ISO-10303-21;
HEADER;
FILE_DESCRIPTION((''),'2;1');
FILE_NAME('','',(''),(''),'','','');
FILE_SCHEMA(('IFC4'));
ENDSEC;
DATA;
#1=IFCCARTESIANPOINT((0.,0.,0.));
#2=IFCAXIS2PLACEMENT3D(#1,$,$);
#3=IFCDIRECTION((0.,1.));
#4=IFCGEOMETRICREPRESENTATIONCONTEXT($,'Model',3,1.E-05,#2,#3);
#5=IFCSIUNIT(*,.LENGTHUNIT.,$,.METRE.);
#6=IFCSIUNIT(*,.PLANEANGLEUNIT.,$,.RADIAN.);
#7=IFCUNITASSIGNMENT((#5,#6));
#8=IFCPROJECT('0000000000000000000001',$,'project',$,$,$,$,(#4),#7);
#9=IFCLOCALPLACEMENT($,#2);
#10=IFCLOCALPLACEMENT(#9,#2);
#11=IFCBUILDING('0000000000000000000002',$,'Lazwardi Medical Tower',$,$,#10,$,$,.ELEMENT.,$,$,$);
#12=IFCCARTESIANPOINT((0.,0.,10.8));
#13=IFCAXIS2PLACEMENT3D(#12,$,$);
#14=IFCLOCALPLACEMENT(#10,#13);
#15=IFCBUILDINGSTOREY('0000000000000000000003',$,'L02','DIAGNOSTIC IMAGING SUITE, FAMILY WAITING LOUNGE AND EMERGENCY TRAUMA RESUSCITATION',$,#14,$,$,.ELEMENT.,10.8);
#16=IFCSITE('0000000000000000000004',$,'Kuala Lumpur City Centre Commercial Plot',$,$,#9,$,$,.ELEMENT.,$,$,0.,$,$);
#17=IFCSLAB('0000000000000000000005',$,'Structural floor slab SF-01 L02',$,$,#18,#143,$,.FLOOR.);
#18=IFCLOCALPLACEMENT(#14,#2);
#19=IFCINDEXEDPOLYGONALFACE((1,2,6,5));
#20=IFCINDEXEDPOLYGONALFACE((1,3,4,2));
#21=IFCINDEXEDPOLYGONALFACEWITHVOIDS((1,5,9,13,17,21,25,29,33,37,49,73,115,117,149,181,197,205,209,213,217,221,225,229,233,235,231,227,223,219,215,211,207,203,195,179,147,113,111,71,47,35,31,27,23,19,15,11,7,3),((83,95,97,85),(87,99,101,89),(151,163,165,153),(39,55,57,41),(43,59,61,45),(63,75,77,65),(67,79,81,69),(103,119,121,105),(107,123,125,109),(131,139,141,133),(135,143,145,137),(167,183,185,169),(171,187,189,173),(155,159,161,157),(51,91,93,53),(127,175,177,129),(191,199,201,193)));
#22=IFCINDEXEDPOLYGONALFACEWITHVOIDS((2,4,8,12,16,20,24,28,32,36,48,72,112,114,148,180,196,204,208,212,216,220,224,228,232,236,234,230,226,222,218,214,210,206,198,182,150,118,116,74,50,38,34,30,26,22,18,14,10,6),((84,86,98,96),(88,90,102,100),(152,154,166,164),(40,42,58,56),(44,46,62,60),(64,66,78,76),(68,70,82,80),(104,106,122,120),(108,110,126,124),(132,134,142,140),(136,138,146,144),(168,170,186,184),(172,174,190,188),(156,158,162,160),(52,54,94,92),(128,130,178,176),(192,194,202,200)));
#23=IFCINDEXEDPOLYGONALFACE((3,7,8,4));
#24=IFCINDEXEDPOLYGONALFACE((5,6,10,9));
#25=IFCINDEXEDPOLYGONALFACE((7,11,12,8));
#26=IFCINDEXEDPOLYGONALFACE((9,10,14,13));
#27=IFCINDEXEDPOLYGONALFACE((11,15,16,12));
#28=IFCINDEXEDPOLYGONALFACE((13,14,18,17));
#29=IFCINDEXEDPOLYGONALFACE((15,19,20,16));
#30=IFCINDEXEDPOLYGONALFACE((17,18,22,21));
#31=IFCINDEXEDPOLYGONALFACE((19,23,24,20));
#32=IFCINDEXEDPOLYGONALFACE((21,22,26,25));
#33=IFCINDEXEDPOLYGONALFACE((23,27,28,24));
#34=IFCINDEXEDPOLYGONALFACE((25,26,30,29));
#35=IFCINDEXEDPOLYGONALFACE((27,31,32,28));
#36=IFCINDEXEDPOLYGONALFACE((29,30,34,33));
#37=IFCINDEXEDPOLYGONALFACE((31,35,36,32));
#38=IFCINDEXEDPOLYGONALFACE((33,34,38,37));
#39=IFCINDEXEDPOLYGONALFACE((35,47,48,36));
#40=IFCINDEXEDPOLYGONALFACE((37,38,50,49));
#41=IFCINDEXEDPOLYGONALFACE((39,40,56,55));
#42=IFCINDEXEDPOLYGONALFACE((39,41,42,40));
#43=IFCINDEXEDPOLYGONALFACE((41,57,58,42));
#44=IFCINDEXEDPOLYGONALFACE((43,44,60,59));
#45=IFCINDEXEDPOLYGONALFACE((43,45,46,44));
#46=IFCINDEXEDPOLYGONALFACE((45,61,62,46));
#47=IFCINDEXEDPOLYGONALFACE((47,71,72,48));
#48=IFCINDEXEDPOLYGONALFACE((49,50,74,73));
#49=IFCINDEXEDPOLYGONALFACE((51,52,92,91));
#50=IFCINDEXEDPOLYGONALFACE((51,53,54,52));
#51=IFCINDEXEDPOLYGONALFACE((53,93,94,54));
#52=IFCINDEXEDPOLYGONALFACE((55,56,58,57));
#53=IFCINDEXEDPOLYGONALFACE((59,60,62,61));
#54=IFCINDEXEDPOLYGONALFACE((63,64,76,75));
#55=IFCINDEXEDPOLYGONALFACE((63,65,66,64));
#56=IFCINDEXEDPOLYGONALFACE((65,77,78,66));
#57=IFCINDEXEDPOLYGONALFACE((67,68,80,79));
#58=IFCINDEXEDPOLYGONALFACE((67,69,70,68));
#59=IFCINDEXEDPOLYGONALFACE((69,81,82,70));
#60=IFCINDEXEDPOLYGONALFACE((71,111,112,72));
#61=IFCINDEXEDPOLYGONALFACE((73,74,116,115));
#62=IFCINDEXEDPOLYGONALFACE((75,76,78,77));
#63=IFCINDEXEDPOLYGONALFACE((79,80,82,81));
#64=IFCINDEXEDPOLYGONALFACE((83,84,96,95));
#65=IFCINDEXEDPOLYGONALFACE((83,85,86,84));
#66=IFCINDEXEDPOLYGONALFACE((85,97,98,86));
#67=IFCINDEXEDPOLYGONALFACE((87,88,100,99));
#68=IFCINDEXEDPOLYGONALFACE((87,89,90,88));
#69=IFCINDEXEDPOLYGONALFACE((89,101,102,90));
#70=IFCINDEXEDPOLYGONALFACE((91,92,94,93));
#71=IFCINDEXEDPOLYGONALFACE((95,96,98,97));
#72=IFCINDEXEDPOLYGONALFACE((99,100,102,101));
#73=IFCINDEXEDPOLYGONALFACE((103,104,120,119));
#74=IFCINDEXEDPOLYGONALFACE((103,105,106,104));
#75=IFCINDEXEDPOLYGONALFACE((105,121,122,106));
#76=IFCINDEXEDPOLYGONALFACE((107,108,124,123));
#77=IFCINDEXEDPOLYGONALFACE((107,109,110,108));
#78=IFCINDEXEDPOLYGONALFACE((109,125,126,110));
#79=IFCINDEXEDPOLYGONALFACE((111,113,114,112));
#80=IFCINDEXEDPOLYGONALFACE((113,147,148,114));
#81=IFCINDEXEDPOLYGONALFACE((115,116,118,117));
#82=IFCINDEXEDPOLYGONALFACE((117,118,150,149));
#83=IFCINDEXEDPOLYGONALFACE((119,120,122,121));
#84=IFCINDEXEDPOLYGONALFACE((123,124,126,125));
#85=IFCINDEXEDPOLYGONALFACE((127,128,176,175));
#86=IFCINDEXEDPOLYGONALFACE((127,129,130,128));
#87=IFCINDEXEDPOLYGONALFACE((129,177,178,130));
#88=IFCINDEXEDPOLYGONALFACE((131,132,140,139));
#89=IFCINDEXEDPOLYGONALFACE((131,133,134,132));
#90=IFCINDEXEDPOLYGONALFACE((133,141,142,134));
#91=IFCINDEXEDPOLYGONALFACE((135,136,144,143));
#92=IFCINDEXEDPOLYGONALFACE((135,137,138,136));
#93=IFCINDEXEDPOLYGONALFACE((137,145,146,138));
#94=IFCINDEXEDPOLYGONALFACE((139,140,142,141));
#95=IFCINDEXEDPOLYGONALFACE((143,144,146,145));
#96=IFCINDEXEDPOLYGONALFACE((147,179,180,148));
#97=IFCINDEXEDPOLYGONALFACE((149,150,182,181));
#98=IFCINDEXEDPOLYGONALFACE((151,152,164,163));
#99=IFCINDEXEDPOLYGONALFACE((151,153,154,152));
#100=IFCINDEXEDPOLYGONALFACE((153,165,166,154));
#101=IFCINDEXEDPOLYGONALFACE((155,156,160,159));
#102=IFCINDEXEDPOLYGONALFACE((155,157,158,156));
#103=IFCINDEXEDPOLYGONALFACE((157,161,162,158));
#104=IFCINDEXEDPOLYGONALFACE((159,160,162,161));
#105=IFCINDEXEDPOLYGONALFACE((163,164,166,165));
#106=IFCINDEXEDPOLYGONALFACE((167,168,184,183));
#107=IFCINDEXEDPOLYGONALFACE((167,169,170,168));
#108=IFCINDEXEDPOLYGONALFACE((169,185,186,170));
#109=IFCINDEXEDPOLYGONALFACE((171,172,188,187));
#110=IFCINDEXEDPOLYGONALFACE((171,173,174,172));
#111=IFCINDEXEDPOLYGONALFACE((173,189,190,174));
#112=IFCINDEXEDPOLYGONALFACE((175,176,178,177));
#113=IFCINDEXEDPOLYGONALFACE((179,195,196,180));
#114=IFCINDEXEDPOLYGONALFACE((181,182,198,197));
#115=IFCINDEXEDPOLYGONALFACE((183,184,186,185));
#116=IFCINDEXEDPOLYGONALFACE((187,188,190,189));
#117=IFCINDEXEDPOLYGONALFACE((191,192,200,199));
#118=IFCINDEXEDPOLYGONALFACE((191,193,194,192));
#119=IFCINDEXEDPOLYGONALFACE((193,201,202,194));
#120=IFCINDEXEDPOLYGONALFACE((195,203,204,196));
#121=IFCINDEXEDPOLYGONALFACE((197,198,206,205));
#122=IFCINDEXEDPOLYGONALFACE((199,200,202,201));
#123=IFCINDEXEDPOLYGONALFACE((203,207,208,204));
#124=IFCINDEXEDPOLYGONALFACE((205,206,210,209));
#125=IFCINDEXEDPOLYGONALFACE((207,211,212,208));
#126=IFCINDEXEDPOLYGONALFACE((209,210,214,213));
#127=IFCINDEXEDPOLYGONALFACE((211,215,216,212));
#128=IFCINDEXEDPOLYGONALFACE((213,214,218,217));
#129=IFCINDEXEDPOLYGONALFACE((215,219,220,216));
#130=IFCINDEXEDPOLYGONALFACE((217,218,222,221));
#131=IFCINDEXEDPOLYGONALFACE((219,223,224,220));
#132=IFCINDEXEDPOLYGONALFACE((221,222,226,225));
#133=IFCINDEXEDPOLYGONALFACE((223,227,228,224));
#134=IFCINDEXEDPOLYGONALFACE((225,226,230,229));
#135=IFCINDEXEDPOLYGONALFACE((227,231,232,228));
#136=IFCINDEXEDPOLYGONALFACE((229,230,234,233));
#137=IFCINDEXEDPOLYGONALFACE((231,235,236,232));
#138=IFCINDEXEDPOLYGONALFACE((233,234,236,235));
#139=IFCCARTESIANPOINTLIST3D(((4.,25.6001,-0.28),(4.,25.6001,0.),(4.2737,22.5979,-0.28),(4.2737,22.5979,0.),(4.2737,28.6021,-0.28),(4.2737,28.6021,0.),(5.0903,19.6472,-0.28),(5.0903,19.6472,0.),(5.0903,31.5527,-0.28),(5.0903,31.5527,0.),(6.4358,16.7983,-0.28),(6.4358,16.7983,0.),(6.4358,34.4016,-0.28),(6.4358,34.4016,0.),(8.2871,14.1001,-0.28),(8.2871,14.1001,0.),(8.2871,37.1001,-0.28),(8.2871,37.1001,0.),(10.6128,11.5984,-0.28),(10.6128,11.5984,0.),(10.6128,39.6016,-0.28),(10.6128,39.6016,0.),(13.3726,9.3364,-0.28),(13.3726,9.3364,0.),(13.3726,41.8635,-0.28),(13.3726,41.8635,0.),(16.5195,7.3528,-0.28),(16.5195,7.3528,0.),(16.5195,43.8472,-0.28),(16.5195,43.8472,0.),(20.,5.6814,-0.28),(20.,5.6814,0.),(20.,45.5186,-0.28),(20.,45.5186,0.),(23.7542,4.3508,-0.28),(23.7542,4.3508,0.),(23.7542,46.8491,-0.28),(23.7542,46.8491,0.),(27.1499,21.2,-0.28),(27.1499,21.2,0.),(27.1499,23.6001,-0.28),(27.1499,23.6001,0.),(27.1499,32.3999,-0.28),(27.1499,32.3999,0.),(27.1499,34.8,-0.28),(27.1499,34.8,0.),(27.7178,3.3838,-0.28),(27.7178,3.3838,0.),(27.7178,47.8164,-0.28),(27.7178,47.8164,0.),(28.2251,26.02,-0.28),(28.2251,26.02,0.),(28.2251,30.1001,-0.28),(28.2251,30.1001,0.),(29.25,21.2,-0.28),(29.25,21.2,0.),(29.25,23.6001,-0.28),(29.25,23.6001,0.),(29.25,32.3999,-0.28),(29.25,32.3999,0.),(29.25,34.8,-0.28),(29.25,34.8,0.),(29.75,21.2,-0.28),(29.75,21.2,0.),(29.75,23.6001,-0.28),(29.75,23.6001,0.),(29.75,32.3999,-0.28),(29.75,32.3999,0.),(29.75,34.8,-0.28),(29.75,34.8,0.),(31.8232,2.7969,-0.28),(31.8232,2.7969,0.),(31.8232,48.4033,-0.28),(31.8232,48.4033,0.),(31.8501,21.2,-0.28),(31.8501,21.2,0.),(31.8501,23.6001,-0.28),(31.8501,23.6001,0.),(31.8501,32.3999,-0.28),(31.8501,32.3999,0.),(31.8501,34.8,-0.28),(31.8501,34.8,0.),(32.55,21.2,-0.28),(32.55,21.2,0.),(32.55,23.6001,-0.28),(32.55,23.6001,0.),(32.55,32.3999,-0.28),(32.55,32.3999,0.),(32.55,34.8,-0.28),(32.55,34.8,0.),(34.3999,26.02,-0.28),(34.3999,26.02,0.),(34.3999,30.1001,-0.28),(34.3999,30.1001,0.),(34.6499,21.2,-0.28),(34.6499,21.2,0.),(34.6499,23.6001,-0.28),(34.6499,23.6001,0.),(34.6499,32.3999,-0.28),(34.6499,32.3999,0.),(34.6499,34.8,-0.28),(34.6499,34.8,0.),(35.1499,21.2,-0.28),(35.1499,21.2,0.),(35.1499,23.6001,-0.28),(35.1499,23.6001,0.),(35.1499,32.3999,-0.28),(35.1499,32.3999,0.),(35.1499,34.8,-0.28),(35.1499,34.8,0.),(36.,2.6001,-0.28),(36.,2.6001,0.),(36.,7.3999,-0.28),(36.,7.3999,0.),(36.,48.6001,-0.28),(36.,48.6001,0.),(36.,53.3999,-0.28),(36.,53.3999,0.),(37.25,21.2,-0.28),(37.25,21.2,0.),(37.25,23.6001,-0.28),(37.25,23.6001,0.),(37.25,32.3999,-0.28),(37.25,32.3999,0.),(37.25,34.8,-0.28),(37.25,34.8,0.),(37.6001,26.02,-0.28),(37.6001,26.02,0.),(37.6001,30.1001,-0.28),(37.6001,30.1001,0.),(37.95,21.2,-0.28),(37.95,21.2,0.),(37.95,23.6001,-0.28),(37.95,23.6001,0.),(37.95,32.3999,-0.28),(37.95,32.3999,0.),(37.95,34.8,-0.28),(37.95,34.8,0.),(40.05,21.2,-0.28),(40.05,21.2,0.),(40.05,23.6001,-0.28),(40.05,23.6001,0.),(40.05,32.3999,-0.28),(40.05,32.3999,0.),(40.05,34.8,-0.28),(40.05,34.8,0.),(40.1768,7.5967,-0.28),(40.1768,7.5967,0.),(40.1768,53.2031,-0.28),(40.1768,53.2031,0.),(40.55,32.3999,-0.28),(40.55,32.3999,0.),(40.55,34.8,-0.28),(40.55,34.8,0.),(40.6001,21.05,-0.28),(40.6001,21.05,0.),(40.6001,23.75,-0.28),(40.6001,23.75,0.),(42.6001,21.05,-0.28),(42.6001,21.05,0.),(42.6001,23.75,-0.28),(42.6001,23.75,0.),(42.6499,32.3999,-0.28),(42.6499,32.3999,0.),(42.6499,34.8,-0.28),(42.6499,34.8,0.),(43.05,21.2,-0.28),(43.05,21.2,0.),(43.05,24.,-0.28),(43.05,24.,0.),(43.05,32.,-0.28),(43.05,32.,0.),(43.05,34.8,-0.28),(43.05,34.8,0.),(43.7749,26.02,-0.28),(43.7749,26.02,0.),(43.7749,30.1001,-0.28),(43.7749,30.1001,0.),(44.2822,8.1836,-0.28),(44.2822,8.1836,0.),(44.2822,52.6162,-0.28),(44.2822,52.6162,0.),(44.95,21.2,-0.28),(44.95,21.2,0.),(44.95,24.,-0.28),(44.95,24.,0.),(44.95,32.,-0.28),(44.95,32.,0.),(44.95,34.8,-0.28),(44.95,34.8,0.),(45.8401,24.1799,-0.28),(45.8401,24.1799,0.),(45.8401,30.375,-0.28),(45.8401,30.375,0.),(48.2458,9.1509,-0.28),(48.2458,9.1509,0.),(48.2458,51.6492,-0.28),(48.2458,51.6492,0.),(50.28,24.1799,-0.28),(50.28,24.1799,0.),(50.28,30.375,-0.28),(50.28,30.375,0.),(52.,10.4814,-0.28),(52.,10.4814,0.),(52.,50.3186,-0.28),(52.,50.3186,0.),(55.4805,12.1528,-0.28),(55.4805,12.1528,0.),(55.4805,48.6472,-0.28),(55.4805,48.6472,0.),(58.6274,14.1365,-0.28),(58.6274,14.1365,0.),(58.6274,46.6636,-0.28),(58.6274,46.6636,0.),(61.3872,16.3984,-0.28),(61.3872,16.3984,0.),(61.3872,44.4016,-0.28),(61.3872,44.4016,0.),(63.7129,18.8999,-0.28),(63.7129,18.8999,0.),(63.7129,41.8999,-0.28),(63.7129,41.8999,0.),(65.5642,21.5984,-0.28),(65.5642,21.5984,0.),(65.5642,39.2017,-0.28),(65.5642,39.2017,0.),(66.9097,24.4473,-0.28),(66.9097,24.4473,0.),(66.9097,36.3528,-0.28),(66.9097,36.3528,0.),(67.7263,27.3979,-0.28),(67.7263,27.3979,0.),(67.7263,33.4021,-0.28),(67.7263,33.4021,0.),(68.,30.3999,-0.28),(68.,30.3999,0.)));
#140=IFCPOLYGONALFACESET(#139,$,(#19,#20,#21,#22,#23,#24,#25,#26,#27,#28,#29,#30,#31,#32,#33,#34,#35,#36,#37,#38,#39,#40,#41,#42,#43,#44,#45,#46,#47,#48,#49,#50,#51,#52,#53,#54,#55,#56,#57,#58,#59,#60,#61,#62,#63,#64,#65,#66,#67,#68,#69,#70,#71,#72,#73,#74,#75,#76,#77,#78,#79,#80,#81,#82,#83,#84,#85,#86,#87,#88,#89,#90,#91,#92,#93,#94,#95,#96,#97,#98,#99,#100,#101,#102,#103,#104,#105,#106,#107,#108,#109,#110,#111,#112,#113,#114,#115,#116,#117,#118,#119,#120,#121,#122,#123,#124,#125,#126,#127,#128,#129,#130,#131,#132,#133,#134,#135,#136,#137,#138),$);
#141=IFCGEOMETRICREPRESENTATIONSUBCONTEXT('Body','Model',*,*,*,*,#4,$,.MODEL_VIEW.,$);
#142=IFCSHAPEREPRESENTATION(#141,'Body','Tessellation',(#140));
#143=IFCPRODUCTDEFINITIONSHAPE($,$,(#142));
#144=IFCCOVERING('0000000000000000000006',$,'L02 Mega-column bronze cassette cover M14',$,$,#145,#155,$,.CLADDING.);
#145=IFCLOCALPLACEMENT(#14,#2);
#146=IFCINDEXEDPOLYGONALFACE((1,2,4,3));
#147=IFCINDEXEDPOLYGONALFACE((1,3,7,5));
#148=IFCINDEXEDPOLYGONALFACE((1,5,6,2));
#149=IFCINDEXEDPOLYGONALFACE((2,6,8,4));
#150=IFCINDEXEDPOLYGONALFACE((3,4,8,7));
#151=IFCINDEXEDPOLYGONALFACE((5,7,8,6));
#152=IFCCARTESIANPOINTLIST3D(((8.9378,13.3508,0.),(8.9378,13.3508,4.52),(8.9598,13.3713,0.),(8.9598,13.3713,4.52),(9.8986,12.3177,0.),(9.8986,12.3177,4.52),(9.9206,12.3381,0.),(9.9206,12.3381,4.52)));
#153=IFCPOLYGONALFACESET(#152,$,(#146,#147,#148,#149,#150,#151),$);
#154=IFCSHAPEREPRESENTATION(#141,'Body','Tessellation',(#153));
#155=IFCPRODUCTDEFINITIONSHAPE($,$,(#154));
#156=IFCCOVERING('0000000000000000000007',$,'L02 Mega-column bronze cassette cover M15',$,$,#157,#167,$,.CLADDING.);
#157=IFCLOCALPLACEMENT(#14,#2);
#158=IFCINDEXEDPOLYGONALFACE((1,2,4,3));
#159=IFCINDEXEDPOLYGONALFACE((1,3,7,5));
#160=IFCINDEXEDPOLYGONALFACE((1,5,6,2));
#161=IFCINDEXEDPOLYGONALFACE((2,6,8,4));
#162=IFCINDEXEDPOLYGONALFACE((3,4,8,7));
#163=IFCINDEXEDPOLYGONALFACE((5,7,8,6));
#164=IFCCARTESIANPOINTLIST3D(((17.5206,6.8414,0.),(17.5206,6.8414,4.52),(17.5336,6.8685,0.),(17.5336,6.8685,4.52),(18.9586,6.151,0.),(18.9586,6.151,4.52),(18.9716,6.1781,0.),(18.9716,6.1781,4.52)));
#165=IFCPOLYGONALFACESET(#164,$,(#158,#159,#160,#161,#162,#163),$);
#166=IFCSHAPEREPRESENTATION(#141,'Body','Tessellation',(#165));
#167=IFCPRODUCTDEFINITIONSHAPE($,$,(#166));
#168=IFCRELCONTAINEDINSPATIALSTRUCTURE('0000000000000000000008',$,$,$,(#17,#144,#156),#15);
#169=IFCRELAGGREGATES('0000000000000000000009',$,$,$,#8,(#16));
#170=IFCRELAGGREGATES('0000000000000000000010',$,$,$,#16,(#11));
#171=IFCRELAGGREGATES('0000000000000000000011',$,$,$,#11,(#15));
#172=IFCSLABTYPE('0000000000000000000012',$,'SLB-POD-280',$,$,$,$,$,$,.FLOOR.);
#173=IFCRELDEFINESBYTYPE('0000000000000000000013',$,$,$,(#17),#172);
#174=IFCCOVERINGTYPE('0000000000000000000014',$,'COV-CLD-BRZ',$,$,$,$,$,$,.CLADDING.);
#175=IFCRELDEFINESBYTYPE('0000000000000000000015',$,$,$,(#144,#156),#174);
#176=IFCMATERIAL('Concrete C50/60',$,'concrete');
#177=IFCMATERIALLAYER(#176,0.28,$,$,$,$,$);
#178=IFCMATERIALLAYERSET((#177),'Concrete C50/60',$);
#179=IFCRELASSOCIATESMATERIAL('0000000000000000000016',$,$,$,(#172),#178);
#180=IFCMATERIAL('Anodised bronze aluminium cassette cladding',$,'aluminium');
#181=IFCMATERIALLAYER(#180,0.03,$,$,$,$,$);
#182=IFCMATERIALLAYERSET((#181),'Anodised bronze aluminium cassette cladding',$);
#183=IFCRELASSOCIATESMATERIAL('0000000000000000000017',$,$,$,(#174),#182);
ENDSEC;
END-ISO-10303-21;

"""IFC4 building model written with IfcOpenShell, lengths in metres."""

from ifc_helpers import new_model, si_unit, direction, frame, origin, origin_2d, place, context, subcontext, project, spatial, polyline, rectangle, outline, extrude, material, layer, layer_set, type_object, element, save


model = new_model("IFC4")

# Units and contexts
model_context = context("Model", 3, precision=1e-05, world=origin(), true_north=direction((0.0, 1.0)))
body_context = subcontext(model_context, "Body", "Model", "MODEL_VIEW")
ifc_project = project(units=[si_unit("LENGTHUNIT", "METRE"), si_unit("PLANEANGLEUNIT", "RADIAN")], contexts=[model_context])

# Site, building, storey
site_placement = place(None, origin())
site = spatial("IfcSite", under=ifc_project, at=site_placement, Name="Kuala Lumpur City Centre Commercial Plot", CompositionType="ELEMENT", RefElevation=0.0)
building_placement = place(site_placement, origin())
building = spatial("IfcBuilding", under=site, at=building_placement, Name="Lazwardi Medical Tower", CompositionType="ELEMENT")
storey_placement = place(building_placement, frame((0.0, 0.0, 10.8)))
storey = spatial("IfcBuildingStorey", under=building, at=storey_placement, Name="L02", Description="DIAGNOSTIC IMAGING SUITE, FAMILY WAITING LOUNGE AND EMERGENCY TRAUMA RESUSCITATION", CompositionType="ELEMENT", Elevation=10.8)

# Slab
ifc_material_1 = material(Name="Concrete C50/60", Category="concrete")
ifc_layer_1 = layer(ifc_material_1, 0.28)
ifc_layer_set_1 = layer_set([ifc_layer_1], Name="Concrete C50/60")
slab_type_1 = type_object("IfcSlabType", Name="SLB-POD-280", PredefinedType="FLOOR", material=ifc_layer_set_1)
slab_1_placement = place(storey_placement, frame((0.0, 0.0, -0.28)))
element("IfcSlab", 1, at=slab_1_placement, inside=storey, type_object=slab_type_1, Name="Structural floor slab SF-01 L02", PredefinedType="FLOOR", context=body_context, shape_type="SweptSolid", body=[
    extrude(outline(polyline([(6.4358, 34.4016), (5.0903, 31.5527), (4.2737, 28.6021), (4.0, 25.6001), (4.2737, 22.5979), (5.0903, 19.6472), (6.4358, 16.7983), (8.2871, 14.1001), (10.6128, 11.5984), (13.3726, 9.3364), (16.5195, 7.3528), (20.0, 5.6814), (23.7542, 4.3508), (27.7178, 3.3838), (31.8232, 2.7969), (36.0, 2.6001), (36.0, 7.3999), (40.1768, 7.5967), (44.2822, 8.1836), (48.2458, 9.1509), (52.0, 10.4814), (55.4805, 12.1528), (58.6274, 14.1365), (61.3872, 16.3984), (63.7129, 18.8999), (65.5642, 21.5984), (66.9097, 24.4473), (67.7263, 27.3979), (68.0, 30.3999), (67.7263, 33.4021), (66.9097, 36.3528), (65.5642, 39.2017), (63.7129, 41.8999), (61.3872, 44.4016), (58.6274, 46.6636), (55.4805, 48.6472), (52.0, 50.3186), (48.2458, 51.6492), (44.2822, 52.6162), (40.1768, 53.2031), (36.0, 53.3999), (36.0, 48.6001), (31.8232, 48.4033), (27.7178, 47.8164), (23.7542, 46.8491), (20.0, 45.5186), (16.5195, 43.8472), (13.3726, 41.8635), (10.6128, 39.6016), (8.2871, 37.1001), (6.4358, 34.4016)]), holes=[polyline([(28.2251, 26.02), (28.2251, 30.1001), (34.3999, 30.1001), (34.3999, 26.02), (28.2251, 26.02)]), polyline([(37.6001, 30.1001), (43.7749, 30.1001), (43.7749, 26.02), (37.6001, 26.02), (37.6001, 30.1001)]), polyline([(50.28, 30.375), (50.28, 24.1799), (45.8401, 24.1799), (45.8401, 30.375), (50.28, 30.375)]), polyline([(29.25, 32.3999), (27.1499, 32.3999), (27.1499, 34.8), (29.25, 34.8), (29.25, 32.3999)]), polyline([(29.75, 32.3999), (29.75, 34.8), (31.8501, 34.8), (31.8501, 32.3999), (29.75, 32.3999)]), polyline([(27.1499, 23.6001), (29.25, 23.6001), (29.25, 21.2), (27.1499, 21.2), (27.1499, 23.6001)]), polyline([(31.8501, 23.6001), (31.8501, 21.2), (29.75, 21.2), (29.75, 23.6001), (31.8501, 23.6001)]), polyline([(34.6499, 32.3999), (32.55, 32.3999), (32.55, 34.8), (34.6499, 34.8), (34.6499, 32.3999)]), polyline([(35.1499, 32.3999), (35.1499, 34.8), (37.25, 34.8), (37.25, 32.3999), (35.1499, 32.3999)]), polyline([(32.55, 23.6001), (34.6499, 23.6001), (34.6499, 21.2), (32.55, 21.2), (32.55, 23.6001)]), polyline([(37.25, 23.6001), (37.25, 21.2), (35.1499, 21.2), (35.1499, 23.6001), (37.25, 23.6001)]), polyline([(40.05, 32.3999), (37.95, 32.3999), (37.95, 34.8), (40.05, 34.8), (40.05, 32.3999)]), polyline([(40.55, 32.3999), (40.55, 34.8), (42.6499, 34.8), (42.6499, 32.3999), (40.55, 32.3999)]), polyline([(37.95, 23.6001), (40.05, 23.6001), (40.05, 21.2), (37.95, 21.2), (37.95, 23.6001)]), polyline([(44.95, 34.8), (44.95, 32.0), (43.05, 32.0), (43.05, 34.8), (44.95, 34.8)]), polyline([(44.95, 21.2), (43.05, 21.2), (43.05, 24.0), (44.95, 24.0), (44.95, 21.2)]), polyline([(40.6001, 21.05), (40.6001, 23.75), (42.6001, 23.75), (42.6001, 21.05), (40.6001, 21.05)])]), origin(), (0.0, 0.0, 1.0), 0.28),
])

# Coverings
ifc_material_2 = material(Name="Anodised bronze aluminium cassette cladding", Category="aluminium")
ifc_layer_2 = layer(ifc_material_2, 0.03)
ifc_layer_set_2 = layer_set([ifc_layer_2], Name="Anodised bronze aluminium cassette cladding")
covering_type = type_object("IfcCoveringType", Name="COV-CLD-BRZ", PredefinedType="CLADDING", material=ifc_layer_set_2)
covering_1_placement = place(storey_placement, frame((9.4292, 12.8445, 0.0), z_axis=(0.0, 0.0, 1.0), x_axis=(0.681019, -0.732266, 0.0)))
element("IfcCovering", 2, at=covering_1_placement, inside=storey, type_object=covering_type, Name="L02 Mega-column bronze cassette cover M14", PredefinedType="CLADDING", context=body_context, shape_type="SweptSolid", body=[
    extrude(rectangle(XDim=1.4109, YDim=0.03, at=origin_2d()), origin(), (0.0, 0.0, 1.0), 4.52),
])
covering_2_placement = place(storey_placement, frame((18.2461, 6.5098, 0.0), z_axis=(0.0, 0.0, 1.0), x_axis=(0.901484, -0.432813, 0.0)))
element("IfcCovering", 3, at=covering_2_placement, inside=storey, type_object=covering_type, Name="L02 Mega-column bronze cassette cover M15", PredefinedType="CLADDING", context=body_context, shape_type="SweptSolid", body=[
    extrude(rectangle(XDim=1.5952, YDim=0.03, at=origin_2d()), origin(), (0.0, 0.0, 1.0), 4.52),
])

save(model, "model.ifc")
